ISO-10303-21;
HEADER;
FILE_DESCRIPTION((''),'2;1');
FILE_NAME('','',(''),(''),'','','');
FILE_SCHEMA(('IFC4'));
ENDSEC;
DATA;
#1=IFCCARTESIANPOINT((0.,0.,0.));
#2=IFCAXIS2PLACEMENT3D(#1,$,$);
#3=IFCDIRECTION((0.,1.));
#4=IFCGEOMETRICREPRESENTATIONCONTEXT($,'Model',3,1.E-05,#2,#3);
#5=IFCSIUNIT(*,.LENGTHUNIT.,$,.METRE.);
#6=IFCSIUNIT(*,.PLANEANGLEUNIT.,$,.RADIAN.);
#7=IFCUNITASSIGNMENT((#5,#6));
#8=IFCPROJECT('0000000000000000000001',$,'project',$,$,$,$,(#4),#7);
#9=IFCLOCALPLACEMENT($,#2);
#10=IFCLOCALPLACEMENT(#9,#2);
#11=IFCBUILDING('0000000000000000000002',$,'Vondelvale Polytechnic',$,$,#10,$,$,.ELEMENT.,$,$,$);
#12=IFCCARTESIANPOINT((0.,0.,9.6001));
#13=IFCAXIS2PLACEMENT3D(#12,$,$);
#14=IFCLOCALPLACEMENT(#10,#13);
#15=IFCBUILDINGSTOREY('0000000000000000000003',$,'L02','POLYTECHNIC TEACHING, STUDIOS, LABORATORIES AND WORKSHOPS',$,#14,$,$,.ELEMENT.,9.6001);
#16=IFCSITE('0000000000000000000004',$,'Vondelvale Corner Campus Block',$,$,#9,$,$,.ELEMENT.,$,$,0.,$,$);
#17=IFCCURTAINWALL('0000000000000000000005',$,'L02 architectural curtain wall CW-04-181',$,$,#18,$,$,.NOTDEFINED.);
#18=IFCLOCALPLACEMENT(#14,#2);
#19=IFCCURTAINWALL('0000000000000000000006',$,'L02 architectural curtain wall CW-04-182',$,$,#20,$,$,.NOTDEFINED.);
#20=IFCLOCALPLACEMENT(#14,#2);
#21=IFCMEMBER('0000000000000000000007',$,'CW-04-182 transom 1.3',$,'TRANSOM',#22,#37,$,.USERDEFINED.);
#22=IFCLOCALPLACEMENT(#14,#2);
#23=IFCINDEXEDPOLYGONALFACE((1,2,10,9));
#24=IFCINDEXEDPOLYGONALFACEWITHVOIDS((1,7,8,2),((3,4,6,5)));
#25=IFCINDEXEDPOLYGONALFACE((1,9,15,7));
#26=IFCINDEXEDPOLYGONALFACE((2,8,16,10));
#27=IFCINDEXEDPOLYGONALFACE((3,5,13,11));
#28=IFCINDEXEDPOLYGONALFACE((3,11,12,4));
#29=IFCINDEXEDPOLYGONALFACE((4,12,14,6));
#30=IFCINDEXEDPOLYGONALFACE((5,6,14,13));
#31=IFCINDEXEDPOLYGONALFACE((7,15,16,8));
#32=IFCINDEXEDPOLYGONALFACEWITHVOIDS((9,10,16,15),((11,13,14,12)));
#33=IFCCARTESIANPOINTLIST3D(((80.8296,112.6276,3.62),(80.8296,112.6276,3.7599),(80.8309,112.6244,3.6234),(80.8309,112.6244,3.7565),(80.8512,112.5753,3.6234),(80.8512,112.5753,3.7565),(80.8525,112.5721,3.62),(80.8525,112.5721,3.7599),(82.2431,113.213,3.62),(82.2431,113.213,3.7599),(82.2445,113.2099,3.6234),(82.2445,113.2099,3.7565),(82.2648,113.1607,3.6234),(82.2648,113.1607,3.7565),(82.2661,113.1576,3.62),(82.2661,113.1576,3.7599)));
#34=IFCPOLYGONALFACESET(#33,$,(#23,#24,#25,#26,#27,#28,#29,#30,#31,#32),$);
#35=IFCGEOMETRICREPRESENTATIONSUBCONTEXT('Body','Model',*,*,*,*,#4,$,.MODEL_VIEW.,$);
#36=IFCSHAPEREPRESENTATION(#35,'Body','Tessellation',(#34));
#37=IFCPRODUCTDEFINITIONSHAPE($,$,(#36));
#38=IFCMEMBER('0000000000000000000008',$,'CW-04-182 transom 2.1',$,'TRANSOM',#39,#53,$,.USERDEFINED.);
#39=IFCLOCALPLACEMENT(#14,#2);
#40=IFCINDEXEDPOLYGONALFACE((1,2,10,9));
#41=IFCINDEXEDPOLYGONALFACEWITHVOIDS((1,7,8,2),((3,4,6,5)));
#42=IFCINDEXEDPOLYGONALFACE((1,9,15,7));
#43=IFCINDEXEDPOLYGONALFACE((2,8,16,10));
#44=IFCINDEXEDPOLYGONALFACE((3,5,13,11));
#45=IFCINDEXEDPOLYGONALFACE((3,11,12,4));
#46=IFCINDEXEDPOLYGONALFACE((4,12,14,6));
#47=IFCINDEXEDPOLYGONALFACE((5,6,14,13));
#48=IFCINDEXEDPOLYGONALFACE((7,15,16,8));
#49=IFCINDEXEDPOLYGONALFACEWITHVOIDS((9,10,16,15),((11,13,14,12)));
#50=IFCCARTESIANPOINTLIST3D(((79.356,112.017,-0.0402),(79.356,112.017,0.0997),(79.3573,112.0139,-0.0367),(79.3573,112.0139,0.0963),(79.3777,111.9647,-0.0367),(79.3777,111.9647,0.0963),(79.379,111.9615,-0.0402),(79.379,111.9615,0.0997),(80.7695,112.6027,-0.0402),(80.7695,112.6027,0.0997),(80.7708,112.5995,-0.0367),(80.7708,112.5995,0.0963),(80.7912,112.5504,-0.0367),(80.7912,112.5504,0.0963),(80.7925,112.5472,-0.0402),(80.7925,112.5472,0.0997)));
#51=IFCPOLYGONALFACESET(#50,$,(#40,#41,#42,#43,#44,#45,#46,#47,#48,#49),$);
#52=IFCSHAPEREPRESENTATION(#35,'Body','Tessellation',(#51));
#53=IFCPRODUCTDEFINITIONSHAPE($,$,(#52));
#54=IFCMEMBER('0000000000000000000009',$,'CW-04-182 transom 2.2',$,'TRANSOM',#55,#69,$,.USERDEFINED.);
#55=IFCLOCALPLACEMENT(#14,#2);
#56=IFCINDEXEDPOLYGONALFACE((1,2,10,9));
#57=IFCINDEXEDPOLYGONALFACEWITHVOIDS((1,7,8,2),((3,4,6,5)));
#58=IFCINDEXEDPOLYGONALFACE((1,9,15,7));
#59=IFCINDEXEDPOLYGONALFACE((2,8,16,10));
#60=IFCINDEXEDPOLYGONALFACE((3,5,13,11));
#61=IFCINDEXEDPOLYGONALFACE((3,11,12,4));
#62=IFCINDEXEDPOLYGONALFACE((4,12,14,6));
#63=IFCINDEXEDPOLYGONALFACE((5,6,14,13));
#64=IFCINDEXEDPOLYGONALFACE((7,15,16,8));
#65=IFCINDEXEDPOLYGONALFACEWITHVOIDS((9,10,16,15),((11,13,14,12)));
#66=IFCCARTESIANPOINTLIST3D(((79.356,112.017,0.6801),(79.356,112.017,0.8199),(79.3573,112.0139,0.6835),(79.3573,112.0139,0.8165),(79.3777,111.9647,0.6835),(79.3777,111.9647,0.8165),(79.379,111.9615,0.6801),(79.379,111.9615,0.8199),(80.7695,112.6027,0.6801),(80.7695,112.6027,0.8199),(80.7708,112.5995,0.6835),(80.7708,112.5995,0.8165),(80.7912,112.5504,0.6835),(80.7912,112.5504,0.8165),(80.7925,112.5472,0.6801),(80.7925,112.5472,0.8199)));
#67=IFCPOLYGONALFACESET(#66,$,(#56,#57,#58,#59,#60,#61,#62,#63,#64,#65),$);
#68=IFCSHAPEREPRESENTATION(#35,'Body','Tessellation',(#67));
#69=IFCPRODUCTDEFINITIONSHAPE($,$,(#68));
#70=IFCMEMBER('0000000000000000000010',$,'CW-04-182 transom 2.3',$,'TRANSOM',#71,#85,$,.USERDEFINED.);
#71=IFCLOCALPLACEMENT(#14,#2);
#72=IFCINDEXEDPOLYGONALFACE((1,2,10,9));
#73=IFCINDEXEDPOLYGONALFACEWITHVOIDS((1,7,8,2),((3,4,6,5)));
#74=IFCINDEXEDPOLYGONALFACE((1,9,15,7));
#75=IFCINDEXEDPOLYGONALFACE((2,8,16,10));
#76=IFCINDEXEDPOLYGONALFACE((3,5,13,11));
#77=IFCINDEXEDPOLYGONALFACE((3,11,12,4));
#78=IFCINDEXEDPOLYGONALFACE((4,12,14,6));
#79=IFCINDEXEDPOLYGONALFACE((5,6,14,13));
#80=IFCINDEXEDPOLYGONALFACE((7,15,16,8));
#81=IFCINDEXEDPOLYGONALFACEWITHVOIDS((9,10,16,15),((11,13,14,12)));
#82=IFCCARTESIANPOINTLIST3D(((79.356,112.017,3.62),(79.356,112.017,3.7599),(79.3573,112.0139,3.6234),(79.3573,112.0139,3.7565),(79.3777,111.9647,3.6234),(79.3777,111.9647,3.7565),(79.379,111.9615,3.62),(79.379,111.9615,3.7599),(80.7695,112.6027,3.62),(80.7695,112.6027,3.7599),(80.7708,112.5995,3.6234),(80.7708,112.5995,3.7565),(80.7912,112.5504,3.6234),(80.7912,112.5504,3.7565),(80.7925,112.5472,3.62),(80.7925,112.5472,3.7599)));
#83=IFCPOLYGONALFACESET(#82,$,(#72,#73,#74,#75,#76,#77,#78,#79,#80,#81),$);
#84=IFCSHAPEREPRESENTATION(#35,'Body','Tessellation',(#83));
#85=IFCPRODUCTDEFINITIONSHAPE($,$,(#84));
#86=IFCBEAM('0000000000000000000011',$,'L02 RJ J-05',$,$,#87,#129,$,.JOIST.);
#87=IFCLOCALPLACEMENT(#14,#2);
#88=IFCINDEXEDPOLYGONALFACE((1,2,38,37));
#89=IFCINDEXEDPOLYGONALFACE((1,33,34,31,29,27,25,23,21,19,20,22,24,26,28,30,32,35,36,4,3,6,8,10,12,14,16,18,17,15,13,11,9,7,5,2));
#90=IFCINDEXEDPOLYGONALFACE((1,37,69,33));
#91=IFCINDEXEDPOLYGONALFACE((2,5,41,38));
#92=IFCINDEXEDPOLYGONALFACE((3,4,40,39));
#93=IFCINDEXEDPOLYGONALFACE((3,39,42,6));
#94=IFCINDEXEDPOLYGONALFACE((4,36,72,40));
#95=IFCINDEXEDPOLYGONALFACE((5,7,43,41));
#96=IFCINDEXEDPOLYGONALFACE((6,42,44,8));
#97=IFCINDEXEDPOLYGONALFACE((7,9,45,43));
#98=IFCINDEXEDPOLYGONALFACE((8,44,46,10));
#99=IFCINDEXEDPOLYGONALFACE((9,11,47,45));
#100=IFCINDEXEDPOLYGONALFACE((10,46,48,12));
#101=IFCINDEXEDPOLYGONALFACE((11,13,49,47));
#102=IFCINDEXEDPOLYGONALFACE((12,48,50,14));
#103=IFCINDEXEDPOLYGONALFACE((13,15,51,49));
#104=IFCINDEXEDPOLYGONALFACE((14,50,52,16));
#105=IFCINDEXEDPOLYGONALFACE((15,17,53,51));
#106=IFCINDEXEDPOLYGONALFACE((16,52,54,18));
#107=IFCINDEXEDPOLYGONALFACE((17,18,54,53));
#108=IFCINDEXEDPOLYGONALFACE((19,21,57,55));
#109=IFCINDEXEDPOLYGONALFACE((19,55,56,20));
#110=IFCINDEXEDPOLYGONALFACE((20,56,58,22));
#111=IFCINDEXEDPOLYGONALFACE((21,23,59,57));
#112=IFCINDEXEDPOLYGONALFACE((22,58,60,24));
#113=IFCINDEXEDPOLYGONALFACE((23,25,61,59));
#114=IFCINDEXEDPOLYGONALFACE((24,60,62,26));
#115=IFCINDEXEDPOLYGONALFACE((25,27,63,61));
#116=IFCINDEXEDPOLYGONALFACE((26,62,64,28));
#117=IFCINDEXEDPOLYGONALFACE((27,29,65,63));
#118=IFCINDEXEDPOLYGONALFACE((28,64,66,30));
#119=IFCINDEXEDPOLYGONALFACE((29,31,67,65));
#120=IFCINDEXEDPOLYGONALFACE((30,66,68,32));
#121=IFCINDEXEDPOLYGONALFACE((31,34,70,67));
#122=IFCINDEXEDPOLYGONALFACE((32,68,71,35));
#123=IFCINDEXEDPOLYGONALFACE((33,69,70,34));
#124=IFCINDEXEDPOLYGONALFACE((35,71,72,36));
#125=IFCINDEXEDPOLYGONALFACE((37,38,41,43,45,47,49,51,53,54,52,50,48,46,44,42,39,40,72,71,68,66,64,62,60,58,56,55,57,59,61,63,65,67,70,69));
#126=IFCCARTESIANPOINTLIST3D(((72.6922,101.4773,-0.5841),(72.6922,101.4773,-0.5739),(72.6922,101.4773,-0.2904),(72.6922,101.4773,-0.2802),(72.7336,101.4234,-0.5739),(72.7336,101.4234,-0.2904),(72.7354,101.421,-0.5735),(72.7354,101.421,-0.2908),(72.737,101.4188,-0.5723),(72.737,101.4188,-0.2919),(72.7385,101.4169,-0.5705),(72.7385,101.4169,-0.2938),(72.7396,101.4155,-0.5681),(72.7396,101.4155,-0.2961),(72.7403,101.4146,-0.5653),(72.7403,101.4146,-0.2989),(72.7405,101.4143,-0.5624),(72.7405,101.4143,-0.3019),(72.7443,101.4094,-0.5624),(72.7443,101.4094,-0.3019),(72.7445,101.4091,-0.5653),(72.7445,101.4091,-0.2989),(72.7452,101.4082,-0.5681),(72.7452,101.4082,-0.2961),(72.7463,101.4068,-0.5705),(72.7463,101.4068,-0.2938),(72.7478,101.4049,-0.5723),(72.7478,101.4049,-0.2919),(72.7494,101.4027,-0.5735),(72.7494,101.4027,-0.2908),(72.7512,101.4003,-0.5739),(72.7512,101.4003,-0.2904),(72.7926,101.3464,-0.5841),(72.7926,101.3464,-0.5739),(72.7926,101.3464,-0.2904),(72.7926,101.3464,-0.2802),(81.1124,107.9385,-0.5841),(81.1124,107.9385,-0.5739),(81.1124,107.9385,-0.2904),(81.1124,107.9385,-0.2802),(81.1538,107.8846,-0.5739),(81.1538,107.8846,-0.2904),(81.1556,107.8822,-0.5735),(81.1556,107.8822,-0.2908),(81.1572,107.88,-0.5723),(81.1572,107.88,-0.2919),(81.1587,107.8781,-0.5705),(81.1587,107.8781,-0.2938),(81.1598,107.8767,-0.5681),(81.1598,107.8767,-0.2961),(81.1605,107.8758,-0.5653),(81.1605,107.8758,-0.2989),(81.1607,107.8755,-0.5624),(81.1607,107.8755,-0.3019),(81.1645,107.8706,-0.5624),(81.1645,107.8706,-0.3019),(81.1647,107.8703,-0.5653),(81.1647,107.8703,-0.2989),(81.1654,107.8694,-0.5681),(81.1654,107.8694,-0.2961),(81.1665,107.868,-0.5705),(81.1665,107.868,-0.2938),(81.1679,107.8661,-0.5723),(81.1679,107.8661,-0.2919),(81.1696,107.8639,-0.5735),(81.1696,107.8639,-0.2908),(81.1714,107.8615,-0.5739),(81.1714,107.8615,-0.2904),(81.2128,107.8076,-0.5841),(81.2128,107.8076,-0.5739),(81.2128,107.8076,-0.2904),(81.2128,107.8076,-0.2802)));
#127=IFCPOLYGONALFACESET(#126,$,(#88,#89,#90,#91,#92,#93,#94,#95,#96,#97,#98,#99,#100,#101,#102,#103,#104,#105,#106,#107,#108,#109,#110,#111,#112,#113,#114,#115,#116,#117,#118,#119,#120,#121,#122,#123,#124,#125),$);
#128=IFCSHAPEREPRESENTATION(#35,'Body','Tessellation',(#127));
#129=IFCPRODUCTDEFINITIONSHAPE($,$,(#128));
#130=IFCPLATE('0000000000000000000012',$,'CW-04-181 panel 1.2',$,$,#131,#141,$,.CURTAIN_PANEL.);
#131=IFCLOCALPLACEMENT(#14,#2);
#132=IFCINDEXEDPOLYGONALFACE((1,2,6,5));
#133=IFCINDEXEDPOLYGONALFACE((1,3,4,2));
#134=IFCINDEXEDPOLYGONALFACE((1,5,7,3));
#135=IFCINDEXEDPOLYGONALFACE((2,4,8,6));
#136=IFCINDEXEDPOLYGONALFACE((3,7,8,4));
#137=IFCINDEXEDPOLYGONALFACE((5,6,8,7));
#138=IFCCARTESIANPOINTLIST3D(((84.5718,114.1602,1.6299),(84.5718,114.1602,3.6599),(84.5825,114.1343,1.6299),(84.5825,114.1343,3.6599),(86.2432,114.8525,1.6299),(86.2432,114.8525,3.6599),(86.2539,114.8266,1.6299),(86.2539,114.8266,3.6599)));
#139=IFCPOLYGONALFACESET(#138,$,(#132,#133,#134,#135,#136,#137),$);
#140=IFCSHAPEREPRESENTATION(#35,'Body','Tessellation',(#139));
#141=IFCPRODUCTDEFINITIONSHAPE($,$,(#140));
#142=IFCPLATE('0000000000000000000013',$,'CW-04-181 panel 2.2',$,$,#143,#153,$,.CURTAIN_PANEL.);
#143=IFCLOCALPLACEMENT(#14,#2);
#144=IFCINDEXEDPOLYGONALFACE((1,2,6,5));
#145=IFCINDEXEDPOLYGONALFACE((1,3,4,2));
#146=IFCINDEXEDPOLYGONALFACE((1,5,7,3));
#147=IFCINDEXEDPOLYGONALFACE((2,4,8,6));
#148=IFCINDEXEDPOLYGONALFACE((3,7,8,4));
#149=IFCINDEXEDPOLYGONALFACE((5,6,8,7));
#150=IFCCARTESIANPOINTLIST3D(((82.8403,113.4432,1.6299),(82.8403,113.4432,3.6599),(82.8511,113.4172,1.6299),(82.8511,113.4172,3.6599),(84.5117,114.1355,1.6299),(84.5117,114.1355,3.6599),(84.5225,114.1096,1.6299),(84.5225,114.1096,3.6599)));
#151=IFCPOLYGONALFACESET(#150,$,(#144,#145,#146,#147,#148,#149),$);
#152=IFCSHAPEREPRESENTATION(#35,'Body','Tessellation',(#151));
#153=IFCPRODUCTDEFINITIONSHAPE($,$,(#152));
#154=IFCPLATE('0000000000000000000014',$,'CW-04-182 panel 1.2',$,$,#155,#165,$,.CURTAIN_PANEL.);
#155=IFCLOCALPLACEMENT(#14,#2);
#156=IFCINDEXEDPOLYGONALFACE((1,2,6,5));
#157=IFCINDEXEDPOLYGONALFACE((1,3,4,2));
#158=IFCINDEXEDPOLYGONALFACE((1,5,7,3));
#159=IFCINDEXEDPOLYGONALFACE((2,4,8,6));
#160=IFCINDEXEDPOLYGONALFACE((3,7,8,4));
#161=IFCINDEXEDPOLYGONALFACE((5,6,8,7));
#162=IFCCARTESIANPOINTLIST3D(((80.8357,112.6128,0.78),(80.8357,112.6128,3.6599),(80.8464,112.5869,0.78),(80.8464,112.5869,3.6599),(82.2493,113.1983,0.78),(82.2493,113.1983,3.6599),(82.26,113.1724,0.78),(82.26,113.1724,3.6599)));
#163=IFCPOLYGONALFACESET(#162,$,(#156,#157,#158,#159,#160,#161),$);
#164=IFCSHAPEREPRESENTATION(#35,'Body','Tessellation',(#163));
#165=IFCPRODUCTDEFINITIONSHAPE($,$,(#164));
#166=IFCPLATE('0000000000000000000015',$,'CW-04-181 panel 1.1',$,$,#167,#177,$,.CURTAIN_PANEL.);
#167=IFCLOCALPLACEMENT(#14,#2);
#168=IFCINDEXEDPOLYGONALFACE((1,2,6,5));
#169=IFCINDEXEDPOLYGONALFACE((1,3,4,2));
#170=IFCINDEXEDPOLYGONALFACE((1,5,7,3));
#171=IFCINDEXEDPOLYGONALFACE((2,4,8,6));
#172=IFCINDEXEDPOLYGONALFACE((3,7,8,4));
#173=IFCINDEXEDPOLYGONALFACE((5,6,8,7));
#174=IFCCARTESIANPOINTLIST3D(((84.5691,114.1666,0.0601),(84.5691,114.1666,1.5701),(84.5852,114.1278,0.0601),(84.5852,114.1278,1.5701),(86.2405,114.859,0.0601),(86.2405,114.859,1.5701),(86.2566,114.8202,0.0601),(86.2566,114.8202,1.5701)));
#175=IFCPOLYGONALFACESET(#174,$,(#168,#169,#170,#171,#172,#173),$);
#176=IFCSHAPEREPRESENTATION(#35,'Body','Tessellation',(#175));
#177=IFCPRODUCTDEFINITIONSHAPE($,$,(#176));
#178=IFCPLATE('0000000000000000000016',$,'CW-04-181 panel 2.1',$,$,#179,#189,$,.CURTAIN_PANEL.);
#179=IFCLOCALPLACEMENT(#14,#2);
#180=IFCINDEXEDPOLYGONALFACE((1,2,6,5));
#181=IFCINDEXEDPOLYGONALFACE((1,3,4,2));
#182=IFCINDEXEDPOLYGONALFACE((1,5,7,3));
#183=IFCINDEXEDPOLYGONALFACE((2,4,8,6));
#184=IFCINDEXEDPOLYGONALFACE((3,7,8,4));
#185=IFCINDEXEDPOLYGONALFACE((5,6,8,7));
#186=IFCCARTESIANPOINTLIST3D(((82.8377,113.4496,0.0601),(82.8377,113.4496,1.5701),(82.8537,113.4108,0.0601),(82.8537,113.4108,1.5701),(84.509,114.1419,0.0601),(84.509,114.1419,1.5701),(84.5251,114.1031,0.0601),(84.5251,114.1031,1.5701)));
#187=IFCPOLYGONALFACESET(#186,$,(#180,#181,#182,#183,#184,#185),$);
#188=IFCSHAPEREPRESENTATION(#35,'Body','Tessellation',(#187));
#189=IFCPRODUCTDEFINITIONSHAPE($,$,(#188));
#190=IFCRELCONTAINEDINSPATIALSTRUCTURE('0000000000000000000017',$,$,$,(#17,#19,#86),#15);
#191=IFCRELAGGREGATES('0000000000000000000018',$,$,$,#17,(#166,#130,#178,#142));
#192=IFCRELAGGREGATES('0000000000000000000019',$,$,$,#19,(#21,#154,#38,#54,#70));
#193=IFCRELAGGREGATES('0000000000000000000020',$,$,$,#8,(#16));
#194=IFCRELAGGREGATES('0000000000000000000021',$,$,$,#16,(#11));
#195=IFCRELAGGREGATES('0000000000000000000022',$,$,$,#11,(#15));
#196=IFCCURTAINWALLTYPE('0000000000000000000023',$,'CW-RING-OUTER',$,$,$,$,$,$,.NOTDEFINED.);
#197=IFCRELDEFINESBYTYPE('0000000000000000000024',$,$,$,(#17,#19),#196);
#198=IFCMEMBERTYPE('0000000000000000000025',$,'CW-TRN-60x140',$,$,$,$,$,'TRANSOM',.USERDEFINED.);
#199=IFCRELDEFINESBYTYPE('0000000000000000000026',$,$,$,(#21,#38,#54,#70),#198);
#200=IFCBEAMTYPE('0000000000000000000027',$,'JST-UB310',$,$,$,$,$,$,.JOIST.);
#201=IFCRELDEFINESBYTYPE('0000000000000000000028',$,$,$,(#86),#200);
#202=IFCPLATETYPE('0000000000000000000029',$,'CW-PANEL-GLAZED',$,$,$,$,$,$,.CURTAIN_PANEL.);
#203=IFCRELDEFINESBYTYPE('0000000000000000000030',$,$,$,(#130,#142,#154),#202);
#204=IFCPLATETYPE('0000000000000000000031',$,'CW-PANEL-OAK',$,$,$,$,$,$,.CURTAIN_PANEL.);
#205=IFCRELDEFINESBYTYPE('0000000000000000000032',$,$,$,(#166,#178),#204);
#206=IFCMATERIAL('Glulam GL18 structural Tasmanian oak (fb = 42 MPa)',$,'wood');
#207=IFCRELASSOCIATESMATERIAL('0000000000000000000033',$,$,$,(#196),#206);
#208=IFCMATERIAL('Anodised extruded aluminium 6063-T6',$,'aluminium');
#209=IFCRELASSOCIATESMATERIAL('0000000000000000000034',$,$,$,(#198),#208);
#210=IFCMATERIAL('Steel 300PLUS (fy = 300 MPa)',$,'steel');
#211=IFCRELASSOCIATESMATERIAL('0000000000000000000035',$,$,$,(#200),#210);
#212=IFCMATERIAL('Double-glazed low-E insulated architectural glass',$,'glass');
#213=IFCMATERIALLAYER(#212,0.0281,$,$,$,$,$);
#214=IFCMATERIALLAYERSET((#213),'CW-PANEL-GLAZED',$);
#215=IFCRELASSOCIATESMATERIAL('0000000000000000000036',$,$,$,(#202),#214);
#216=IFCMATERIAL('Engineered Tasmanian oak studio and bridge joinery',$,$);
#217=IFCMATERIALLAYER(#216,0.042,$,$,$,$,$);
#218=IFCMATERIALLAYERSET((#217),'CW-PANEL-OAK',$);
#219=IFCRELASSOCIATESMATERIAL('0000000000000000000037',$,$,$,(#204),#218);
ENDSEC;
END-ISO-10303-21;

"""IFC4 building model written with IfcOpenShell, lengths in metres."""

from ifc_helpers import new_model, si_unit, direction, frame, origin, origin_2d, place, context, subcontext, project, spatial, rectangle, hollow_rectangle, i_section, extrude, material, layer, layer_set, material_profile, profile_set, type_object, element, aggregate, save


model = new_model("IFC4")

# Units and contexts
model_context = context("Model", 3, precision=1e-05, world=origin(), true_north=direction((0.0, 1.0)))
body_context = subcontext(model_context, "Body", "Model", "MODEL_VIEW")
ifc_project = project(units=[si_unit("LENGTHUNIT", "METRE"), si_unit("PLANEANGLEUNIT", "RADIAN")], contexts=[model_context])

# Site, building, storey
site_placement = place(None, origin())
site = spatial("IfcSite", under=ifc_project, at=site_placement, Name="Vondelvale Corner Campus Block", CompositionType="ELEMENT", RefElevation=0.0)
building_placement = place(site_placement, origin())
building = spatial("IfcBuilding", under=site, at=building_placement, Name="Vondelvale Polytechnic", CompositionType="ELEMENT")
storey_placement = place(building_placement, frame((0.0, 0.0, 9.6001)))
storey = spatial("IfcBuildingStorey", under=building, at=storey_placement, Name="L02", Description="POLYTECHNIC TEACHING, STUDIOS, LABORATORIES AND WORKSHOPS", CompositionType="ELEMENT", Elevation=9.6001)

# Shared definitions
ifc_material_1 = material(Name="Glulam GL18 structural Tasmanian oak (fb = 42 MPa)", Category="wood")

# Curtain walls
curtain_wall_type = type_object("IfcCurtainWallType", Name="CW-RING-OUTER", PredefinedType="NOTDEFINED", material=ifc_material_1)
curtain_wall_1_placement = place(storey_placement, origin())
curtain_wall_1 = element("IfcCurtainWall", 1, at=curtain_wall_1_placement, inside=storey, type_object=curtain_wall_type, Name="L02 architectural curtain wall CW-04-181", PredefinedType="NOTDEFINED")
ifc_material_2 = material(Name="Anodised extruded aluminium 6063-T6", Category="aluminium")
curtain_wall_2_placement = place(storey_placement, origin())
curtain_wall_2 = element("IfcCurtainWall", 2, at=curtain_wall_2_placement, inside=storey, type_object=curtain_wall_type, Name="L02 architectural curtain wall CW-04-182", PredefinedType="NOTDEFINED")

# Members
ifc_material_profile_1 = material_profile(ifc_material_2, hollow_rectangle(XDim=0.0601, YDim=0.1399, WallThickness=0.0034, at=origin_2d()), Name="CW-TRN-140x60")
ifc_profile_set_1 = profile_set([ifc_material_profile_1], Name="Anodised extruded aluminium 6063-T6")
member_type_1 = type_object("IfcMemberType", Name="CW-TRN-60x140", ElementType="TRANSOM", PredefinedType="USERDEFINED", material=ifc_profile_set_1)
member_1_placement = place(storey_placement, frame((82.2546, 113.1853, 3.6899), z_axis=(-0.923896, -0.382643, 0.0), x_axis=(0.382643, -0.923896, 0.0)))
member_1 = element("IfcMember", 3, at=member_1_placement, type_object=member_type_1, Name="CW-04-182 transom 1.3", ObjectType="TRANSOM", PredefinedType="USERDEFINED", context=body_context, shape_type="SweptSolid", body=[
    extrude(hollow_rectangle(XDim=0.0601, YDim=0.1399, WallThickness=0.0034, at=origin_2d()), origin(), (0.0, 0.0, 1.0), 1.53),
])
member_2_placement = place(storey_placement, frame((80.781, 112.575, 0.0298), z_axis=(-0.92384, -0.382779, 0.0), x_axis=(0.382779, -0.92384, 0.0)))
member_2 = element("IfcMember", 4, at=member_2_placement, type_object=member_type_1, Name="CW-04-182 transom 2.1", ObjectType="TRANSOM", PredefinedType="USERDEFINED", context=body_context, shape_type="SweptSolid", body=[
    extrude(hollow_rectangle(XDim=0.0601, YDim=0.1399, WallThickness=0.0034, at=origin_2d()), origin(), (0.0, 0.0, 1.0), 1.53),
])
member_3_placement = place(storey_placement, frame((80.781, 112.575, 0.75), z_axis=(-0.92384, -0.382779, 0.0), x_axis=(0.382779, -0.92384, 0.0)))
member_3 = element("IfcMember", 5, at=member_3_placement, type_object=member_type_1, Name="CW-04-182 transom 2.2", ObjectType="TRANSOM", PredefinedType="USERDEFINED", context=body_context, shape_type="SweptSolid", body=[
    extrude(hollow_rectangle(XDim=0.0601, YDim=0.1399, WallThickness=0.0034, at=origin_2d()), origin(), (0.0, 0.0, 1.0), 1.53),
])
member_4_placement = place(storey_placement, frame((80.781, 112.575, 3.6899), z_axis=(-0.92384, -0.382779, 0.0), x_axis=(0.382779, -0.92384, 0.0)))
member_4 = element("IfcMember", 6, at=member_4_placement, type_object=member_type_1, Name="CW-04-182 transom 2.3", ObjectType="TRANSOM", PredefinedType="USERDEFINED", context=body_context, shape_type="SweptSolid", body=[
    extrude(hollow_rectangle(XDim=0.0601, YDim=0.1399, WallThickness=0.0034, at=origin_2d()), origin(), (0.0, 0.0, 1.0), 1.53),
])

# Beam
ifc_material_3 = material(Name="Steel 300PLUS (fy = 300 MPa)", Category="steel")
ifc_material_profile_2 = material_profile(ifc_material_3, i_section(OverallWidth=0.165, OverallDepth=0.304, WebThickness=0.0061, FlangeThickness=0.0103, FilletRadius=0.0115, at=origin_2d()), Name="310UB40.4")
ifc_profile_set_2 = profile_set([ifc_material_profile_2], Name="Steel 300PLUS (fy = 300 MPa)")
beam_type = type_object("IfcBeamType", Name="JST-UB310", PredefinedType="JOIST", material=ifc_profile_set_2)
beam_placement = place(storey_placement, frame((81.1626, 107.873, -0.4321), z_axis=(-0.793346, -0.608771, 0.0), x_axis=(0.608771, -0.793346, 0.0)))
element("IfcBeam", 7, at=beam_placement, inside=storey, type_object=beam_type, Name="L02 RJ J-05", PredefinedType="JOIST", context=body_context, shape_type="SweptSolid", body=[
    extrude(i_section(OverallWidth=0.165, OverallDepth=0.304, WebThickness=0.0061, FlangeThickness=0.0103, FilletRadius=0.0115, at=origin_2d()), origin(), (0.0, 0.0, 1.0), 10.6135),
])

# Plates
ifc_material_4 = material(Name="Double-glazed low-E insulated architectural glass", Category="glass")
ifc_layer_1 = layer(ifc_material_4, 0.0281)
ifc_layer_set_1 = layer_set([ifc_layer_1], Name="CW-PANEL-GLAZED")
plate_type_1 = type_object("IfcPlateType", Name="CW-PANEL-GLAZED", PredefinedType="CURTAIN_PANEL", material=ifc_layer_set_1)
plate_1_placement = place(storey_placement, frame((85.4128, 114.4934, 1.6299), z_axis=(0.0, 0.0, 1.0), x_axis=(-0.923875, -0.382695, 0.0)))
plate_1 = element("IfcPlate", 8, at=plate_1_placement, type_object=plate_type_1, Name="CW-04-181 panel 1.2", PredefinedType="CURTAIN_PANEL", context=body_context, shape_type="SweptSolid", body=[
    extrude(rectangle(XDim=1.8091, YDim=0.0281, at=origin_2d()), origin(), (0.0, 0.0, 1.0), 2.03),
])
plate_2_placement = place(storey_placement, frame((83.6814, 113.7764, 1.6299), z_axis=(0.0, 0.0, 1.0), x_axis=(-0.923875, -0.382695, 0.0)))
plate_2 = element("IfcPlate", 9, at=plate_2_placement, type_object=plate_type_1, Name="CW-04-181 panel 2.2", PredefinedType="CURTAIN_PANEL", context=body_context, shape_type="SweptSolid", body=[
    extrude(rectangle(XDim=1.8091, YDim=0.0281, at=origin_2d()), origin(), (0.0, 0.0, 1.0), 2.03),
])
plate_3_placement = place(storey_placement, frame((81.5479, 112.8926, 0.78), z_axis=(0.0, 0.0, 1.0), x_axis=(-0.923882, -0.382677, 0.0)))
plate_3 = element("IfcPlate", 10, at=plate_3_placement, type_object=plate_type_1, Name="CW-04-182 panel 1.2", PredefinedType="CURTAIN_PANEL", context=body_context, shape_type="SweptSolid", body=[
    extrude(rectangle(XDim=1.53, YDim=0.0281, at=origin_2d()), origin(), (0.0, 0.0, 1.0), 2.8799),
])
ifc_material_5 = material(Name="Engineered Tasmanian oak studio and bridge joinery")
ifc_layer_2 = layer(ifc_material_5, 0.042)
ifc_layer_set_2 = layer_set([ifc_layer_2], Name="CW-PANEL-OAK")
plate_type_2 = type_object("IfcPlateType", Name="CW-PANEL-OAK", PredefinedType="CURTAIN_PANEL", material=ifc_layer_set_2)
plate_4_placement = place(storey_placement, frame((85.4128, 114.4934, 0.0601), z_axis=(0.0, 0.0, 1.0), x_axis=(-0.923875, -0.382695, 0.0)))
plate_4 = element("IfcPlate", 11, at=plate_4_placement, type_object=plate_type_2, Name="CW-04-181 panel 1.1", PredefinedType="CURTAIN_PANEL", context=body_context, shape_type="SweptSolid", body=[
    extrude(rectangle(XDim=1.8091, YDim=0.042, at=origin_2d()), origin(), (0.0, 0.0, 1.0), 1.51),
])
plate_5_placement = place(storey_placement, frame((83.6814, 113.7764, 0.0601), z_axis=(0.0, 0.0, 1.0), x_axis=(-0.923875, -0.382695, 0.0)))
plate_5 = element("IfcPlate", 12, at=plate_5_placement, type_object=plate_type_2, Name="CW-04-181 panel 2.1", PredefinedType="CURTAIN_PANEL", context=body_context, shape_type="SweptSolid", body=[
    extrude(rectangle(XDim=1.8091, YDim=0.042, at=origin_2d()), origin(), (0.0, 0.0, 1.0), 1.51),
])
aggregate(curtain_wall_1, [plate_4, plate_1, plate_5, plate_2])
aggregate(curtain_wall_2, [member_1, plate_3, member_2, member_3, member_4])

save(model, "model.ifc")
